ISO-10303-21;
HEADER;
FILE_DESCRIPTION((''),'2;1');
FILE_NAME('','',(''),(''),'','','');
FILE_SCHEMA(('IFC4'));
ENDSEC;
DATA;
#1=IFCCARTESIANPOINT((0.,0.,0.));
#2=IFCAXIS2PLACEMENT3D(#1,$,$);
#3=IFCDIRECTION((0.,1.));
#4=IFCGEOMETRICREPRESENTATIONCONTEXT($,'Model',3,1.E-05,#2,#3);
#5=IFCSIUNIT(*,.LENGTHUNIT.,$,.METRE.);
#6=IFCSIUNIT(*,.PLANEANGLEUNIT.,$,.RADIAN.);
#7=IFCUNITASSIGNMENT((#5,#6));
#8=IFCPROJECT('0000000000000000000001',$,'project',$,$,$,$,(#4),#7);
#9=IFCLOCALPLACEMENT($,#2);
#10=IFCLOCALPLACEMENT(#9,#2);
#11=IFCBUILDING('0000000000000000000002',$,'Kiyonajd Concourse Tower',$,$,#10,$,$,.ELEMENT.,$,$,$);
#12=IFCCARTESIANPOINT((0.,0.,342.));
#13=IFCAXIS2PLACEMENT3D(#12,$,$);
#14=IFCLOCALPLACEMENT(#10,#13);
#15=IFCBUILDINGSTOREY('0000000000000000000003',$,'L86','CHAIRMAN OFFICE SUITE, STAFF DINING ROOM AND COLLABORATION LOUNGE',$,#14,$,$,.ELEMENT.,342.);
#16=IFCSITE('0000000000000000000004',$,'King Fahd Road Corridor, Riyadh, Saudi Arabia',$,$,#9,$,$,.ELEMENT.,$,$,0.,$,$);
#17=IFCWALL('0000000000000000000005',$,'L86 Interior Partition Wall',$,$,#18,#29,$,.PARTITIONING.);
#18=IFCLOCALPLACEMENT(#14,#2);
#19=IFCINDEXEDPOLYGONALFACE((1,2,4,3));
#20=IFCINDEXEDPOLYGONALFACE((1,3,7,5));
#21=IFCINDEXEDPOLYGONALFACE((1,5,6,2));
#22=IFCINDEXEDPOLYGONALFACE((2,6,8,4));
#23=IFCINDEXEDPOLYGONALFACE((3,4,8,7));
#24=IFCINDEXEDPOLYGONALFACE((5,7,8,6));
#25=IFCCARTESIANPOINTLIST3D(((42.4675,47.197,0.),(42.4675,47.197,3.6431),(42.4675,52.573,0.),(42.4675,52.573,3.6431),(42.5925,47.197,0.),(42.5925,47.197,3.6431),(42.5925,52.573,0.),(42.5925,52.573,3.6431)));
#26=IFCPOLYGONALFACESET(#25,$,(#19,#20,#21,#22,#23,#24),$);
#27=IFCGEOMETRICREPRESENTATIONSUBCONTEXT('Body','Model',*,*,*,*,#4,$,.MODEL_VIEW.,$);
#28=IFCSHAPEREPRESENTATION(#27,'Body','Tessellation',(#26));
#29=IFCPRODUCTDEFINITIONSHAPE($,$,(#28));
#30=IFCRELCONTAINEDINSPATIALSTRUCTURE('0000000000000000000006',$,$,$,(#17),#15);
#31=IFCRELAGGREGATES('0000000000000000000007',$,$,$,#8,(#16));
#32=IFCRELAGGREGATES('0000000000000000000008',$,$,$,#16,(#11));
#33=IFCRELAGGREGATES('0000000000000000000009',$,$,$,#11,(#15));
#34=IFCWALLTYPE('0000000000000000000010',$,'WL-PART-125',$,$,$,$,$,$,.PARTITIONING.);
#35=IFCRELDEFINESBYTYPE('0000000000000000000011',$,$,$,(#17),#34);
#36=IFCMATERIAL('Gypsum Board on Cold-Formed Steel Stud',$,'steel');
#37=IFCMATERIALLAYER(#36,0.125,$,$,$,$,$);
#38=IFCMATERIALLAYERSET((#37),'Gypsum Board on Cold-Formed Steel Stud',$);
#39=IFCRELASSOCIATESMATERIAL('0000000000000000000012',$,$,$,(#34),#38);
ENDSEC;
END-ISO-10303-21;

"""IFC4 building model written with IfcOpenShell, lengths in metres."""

from ifc_helpers import new_model, si_unit, direction, frame, frame_2d, origin, place, context, subcontext, project, spatial, rectangle, extrude, material, layer, layer_set, type_object, element, save


model = new_model("IFC4")

# Units and contexts
model_context = context("Model", 3, precision=1e-05, world=origin(), true_north=direction((0.0, 1.0)))
body_context = subcontext(model_context, "Body", "Model", "MODEL_VIEW")
ifc_project = project(units=[si_unit("LENGTHUNIT", "METRE"), si_unit("PLANEANGLEUNIT", "RADIAN")], contexts=[model_context])

# Site, building, storey
site_placement = place(None, origin())
site = spatial("IfcSite", under=ifc_project, at=site_placement, Name="King Fahd Road Corridor, Riyadh, Saudi Arabia", CompositionType="ELEMENT", RefElevation=0.0)
building_placement = place(site_placement, origin())
building = spatial("IfcBuilding", under=site, at=building_placement, Name="Kiyonajd Concourse Tower", CompositionType="ELEMENT")
storey_placement = place(building_placement, frame((0.0, 0.0, 342.0)))
storey = spatial("IfcBuildingStorey", under=building, at=storey_placement, Name="L86", Description="CHAIRMAN OFFICE SUITE, STAFF DINING ROOM AND COLLABORATION LOUNGE", CompositionType="ELEMENT", Elevation=342.0)

# Wall
ifc_material_1 = material(Name="Gypsum Board on Cold-Formed Steel Stud", Category="steel")
ifc_layer_1 = layer(ifc_material_1, 0.125)
ifc_layer_set_1 = layer_set([ifc_layer_1], Name="Gypsum Board on Cold-Formed Steel Stud")
wall_type_1 = type_object("IfcWallType", Name="WL-PART-125", PredefinedType="PARTITIONING", material=ifc_layer_set_1)
wall_1_placement = place(storey_placement, frame((42.53, 47.197, 0.0), z_axis=(0.0, 0.0, 1.0), x_axis=(0.0, 1.0, 0.0)))
element("IfcWall", 1, at=wall_1_placement, inside=storey, type_object=wall_type_1, Name="L86 Interior Partition Wall", PredefinedType="PARTITIONING", context=body_context, shape_type="SweptSolid", body=[
    extrude(rectangle(XDim=5.376, YDim=0.125, at=frame_2d((2.688, 0.0))), origin(), (0.0, 0.0, 1.0), 3.6431),
])

save(model, "model.ifc")
